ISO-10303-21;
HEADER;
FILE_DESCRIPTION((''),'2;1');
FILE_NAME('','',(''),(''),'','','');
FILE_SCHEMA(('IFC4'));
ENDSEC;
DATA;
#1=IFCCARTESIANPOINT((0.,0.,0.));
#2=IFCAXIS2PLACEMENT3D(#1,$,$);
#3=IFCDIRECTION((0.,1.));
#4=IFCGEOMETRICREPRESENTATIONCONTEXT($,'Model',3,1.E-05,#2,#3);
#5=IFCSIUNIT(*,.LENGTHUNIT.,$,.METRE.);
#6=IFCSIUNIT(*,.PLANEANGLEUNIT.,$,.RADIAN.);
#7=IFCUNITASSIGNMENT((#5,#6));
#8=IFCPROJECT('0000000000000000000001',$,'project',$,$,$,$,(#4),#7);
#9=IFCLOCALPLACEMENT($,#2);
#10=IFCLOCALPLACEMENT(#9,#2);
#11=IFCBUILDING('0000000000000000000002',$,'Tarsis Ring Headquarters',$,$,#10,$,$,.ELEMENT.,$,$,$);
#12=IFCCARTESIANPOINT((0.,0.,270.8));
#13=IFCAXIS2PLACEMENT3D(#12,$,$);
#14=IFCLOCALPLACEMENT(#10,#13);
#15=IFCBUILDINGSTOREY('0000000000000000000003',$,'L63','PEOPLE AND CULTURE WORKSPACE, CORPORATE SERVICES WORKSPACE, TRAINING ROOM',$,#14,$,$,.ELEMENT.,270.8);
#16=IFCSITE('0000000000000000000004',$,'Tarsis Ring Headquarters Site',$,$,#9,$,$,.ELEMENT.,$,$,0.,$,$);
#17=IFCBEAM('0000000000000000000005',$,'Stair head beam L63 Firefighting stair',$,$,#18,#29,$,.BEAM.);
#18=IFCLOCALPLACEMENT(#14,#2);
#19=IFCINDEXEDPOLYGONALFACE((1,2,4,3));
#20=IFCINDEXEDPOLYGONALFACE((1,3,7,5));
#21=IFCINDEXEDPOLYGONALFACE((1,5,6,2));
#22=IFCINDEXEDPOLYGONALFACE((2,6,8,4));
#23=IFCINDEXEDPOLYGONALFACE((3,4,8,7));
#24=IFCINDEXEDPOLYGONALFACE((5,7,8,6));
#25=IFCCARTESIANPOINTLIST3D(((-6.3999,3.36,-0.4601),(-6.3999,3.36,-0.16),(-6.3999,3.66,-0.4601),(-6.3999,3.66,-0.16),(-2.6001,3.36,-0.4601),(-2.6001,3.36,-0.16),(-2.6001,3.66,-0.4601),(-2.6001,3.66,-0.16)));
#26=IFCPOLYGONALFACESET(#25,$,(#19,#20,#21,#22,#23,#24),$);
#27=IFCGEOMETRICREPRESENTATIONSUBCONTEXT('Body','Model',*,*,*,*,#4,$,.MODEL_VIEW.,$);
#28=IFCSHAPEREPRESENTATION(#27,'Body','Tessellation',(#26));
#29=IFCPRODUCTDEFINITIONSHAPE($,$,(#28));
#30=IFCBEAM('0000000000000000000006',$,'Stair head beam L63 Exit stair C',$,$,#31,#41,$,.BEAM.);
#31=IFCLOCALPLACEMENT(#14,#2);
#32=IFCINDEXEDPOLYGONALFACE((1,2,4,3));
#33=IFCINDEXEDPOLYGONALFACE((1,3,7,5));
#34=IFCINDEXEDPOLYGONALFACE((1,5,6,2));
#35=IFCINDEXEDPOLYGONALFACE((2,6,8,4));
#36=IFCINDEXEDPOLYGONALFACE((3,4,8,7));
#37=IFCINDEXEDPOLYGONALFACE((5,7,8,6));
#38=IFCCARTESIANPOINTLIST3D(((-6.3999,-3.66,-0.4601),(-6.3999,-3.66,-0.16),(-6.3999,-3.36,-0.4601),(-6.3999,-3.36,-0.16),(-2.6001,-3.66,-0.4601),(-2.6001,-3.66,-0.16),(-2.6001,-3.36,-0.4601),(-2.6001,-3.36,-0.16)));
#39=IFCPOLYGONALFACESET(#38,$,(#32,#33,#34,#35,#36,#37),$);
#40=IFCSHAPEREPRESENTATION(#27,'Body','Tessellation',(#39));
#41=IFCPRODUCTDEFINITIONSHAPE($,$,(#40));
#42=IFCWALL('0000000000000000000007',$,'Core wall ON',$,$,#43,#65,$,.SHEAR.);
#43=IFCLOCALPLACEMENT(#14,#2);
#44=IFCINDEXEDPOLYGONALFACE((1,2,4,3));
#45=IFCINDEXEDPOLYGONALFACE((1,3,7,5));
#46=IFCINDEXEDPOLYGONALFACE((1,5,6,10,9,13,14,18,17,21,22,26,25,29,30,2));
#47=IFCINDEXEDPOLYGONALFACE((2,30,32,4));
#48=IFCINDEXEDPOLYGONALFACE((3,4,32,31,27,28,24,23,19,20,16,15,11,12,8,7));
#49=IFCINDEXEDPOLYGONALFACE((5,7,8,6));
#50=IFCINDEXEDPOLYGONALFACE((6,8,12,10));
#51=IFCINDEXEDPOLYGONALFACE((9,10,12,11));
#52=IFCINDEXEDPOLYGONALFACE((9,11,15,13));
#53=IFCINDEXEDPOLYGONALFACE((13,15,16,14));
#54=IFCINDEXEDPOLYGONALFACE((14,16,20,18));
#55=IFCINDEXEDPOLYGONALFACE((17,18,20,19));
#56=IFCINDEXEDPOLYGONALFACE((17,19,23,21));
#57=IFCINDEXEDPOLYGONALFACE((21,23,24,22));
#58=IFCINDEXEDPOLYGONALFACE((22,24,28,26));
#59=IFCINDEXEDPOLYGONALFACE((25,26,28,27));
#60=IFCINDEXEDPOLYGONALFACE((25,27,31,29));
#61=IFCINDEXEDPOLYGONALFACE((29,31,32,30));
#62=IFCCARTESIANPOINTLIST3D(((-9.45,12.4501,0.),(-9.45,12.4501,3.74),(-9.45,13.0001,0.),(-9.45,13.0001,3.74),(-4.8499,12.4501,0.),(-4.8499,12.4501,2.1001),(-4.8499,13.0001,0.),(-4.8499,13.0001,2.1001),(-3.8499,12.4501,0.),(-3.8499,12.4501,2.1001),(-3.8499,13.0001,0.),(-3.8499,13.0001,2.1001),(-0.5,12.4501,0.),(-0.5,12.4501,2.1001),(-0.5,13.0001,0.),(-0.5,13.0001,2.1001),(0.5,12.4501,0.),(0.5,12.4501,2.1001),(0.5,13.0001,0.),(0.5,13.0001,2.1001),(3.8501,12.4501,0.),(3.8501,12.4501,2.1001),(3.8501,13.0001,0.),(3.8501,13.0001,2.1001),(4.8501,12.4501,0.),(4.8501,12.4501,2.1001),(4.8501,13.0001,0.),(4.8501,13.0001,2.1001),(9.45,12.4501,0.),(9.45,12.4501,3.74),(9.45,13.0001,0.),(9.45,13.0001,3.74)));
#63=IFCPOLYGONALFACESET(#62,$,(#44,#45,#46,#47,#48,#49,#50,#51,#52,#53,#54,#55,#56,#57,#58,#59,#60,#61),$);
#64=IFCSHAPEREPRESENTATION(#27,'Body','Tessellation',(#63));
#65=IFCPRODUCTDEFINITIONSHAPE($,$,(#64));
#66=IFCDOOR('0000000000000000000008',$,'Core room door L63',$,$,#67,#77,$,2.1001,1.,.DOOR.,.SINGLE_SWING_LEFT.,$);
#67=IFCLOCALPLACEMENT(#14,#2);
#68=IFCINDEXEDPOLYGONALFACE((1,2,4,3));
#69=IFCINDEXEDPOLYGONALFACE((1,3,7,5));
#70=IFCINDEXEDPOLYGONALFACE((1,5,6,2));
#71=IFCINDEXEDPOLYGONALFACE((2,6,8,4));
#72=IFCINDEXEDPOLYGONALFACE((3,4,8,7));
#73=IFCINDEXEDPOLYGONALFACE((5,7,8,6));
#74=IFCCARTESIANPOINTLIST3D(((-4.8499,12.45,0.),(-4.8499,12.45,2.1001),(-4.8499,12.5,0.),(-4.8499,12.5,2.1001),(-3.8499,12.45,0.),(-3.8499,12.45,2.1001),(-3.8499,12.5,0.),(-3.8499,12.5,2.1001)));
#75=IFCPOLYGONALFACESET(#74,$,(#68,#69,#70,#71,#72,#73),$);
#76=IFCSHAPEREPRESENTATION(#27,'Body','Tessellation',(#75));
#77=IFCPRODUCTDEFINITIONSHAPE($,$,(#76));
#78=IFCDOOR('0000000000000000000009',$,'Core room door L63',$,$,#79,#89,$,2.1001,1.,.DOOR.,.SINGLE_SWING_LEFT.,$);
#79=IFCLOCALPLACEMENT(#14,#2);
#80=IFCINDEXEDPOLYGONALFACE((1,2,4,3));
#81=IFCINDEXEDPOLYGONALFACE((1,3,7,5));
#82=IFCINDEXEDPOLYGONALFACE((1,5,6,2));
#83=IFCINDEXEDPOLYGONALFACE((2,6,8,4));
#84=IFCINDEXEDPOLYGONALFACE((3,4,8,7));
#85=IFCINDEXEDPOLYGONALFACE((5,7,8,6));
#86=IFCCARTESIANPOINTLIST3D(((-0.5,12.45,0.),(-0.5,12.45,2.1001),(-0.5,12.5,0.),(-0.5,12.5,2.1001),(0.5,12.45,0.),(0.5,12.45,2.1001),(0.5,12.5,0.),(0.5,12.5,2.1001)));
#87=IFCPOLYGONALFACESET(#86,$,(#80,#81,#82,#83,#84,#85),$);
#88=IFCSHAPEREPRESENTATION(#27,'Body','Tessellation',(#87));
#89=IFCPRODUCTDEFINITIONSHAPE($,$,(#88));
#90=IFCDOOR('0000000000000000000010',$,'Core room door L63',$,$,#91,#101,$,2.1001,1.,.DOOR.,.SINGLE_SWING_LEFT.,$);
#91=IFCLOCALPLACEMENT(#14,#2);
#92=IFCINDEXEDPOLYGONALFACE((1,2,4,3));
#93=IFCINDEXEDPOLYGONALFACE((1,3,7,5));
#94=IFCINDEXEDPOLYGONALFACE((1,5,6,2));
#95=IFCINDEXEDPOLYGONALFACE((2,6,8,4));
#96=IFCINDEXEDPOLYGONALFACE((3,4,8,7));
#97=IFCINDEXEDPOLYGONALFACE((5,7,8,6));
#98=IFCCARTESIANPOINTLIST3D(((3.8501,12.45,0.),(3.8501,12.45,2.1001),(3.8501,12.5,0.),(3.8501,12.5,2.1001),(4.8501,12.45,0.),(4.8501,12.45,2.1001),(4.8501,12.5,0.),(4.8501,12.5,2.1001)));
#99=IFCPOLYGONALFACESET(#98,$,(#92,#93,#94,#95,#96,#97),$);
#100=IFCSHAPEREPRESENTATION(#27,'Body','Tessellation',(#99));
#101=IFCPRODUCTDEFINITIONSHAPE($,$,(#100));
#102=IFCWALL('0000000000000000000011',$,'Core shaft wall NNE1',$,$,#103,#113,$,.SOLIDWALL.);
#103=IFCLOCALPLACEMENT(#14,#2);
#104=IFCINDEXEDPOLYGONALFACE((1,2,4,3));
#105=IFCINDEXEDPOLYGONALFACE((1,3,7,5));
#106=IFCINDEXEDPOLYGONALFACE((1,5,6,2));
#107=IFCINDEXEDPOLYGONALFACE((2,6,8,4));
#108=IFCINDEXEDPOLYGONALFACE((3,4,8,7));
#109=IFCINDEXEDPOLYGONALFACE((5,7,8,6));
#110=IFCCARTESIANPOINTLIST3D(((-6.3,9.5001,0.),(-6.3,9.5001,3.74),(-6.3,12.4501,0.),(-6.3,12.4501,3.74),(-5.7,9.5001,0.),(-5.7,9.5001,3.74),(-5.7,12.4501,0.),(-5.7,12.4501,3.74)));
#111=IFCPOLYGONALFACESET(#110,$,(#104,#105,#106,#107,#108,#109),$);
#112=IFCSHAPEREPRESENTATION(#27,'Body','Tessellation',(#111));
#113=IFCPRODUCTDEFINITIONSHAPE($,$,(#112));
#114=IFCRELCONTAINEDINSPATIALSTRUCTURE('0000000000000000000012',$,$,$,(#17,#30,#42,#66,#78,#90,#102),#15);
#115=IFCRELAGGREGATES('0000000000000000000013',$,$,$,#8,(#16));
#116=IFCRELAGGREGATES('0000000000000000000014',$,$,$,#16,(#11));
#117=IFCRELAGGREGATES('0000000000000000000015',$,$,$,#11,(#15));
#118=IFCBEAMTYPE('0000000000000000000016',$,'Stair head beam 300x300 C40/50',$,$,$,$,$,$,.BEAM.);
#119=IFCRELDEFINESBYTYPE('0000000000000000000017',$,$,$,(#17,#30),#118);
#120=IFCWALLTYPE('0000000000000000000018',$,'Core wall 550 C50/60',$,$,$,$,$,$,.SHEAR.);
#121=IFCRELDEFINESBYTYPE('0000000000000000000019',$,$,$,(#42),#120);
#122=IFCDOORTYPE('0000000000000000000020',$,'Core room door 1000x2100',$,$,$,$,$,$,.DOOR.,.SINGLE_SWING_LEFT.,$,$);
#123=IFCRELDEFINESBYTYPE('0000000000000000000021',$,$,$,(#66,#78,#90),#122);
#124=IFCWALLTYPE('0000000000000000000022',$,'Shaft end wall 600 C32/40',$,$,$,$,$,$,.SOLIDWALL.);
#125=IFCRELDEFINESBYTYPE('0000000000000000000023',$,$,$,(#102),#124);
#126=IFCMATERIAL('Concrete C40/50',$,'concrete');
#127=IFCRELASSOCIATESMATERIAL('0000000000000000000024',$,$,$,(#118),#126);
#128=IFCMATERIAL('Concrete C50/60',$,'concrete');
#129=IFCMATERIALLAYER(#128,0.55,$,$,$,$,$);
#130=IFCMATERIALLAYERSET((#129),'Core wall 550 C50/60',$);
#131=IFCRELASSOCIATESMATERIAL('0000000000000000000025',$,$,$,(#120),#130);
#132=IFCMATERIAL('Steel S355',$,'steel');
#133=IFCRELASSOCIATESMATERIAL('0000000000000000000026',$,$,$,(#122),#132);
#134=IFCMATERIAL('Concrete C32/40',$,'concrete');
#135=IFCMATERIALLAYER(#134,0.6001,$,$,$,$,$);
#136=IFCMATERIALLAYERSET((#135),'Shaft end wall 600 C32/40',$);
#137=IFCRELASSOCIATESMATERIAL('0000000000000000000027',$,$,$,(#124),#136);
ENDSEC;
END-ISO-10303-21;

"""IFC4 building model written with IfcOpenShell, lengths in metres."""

from ifc_helpers import new_model, si_unit, direction, frame, frame_2d, origin, origin_2d, place, context, subcontext, project, spatial, rectangle, extrude, material, layer, layer_set, material_profile, profile_set, type_object, element, fill, save


model = new_model("IFC4")

# Units and contexts
model_context = context("Model", 3, precision=1e-05, world=origin(), true_north=direction((0.0, 1.0)))
body_context = subcontext(model_context, "Body", "Model", "MODEL_VIEW")
ifc_project = project(units=[si_unit("LENGTHUNIT", "METRE"), si_unit("PLANEANGLEUNIT", "RADIAN")], contexts=[model_context])

# Site, building, storey
site_placement = place(None, origin())
site = spatial("IfcSite", under=ifc_project, at=site_placement, Name="Tarsis Ring Headquarters Site", CompositionType="ELEMENT", RefElevation=0.0)
building_placement = place(site_placement, origin())
building = spatial("IfcBuilding", under=site, at=building_placement, Name="Tarsis Ring Headquarters", CompositionType="ELEMENT")
storey_placement = place(building_placement, frame((0.0, 0.0, 270.8)))
storey = spatial("IfcBuildingStorey", under=building, at=storey_placement, Name="L63", Description="PEOPLE AND CULTURE WORKSPACE, CORPORATE SERVICES WORKSPACE, TRAINING ROOM", CompositionType="ELEMENT", Elevation=270.8)

# Beams
ifc_material_1 = material(Name="Concrete C40/50", Category="concrete")
ifc_material_profile = material_profile(ifc_material_1, rectangle(XDim=0.3, YDim=0.3, at=origin_2d()), Name="Stair head beam 300x300 C40/50")
ifc_profile_set = profile_set([ifc_material_profile], Name="Concrete C40/50")
beam_type = type_object("IfcBeamType", Name="Stair head beam 300x300 C40/50", PredefinedType="BEAM", material=ifc_profile_set)
for number, where, z_axis, x_axis, name in (
    (1, (-6.3999, 3.51, -0.3101), (1.0, 0.0, 0.0), (0.0, 1.0, 0.0), "Stair head beam L63 Firefighting stair"),
    (2, (-6.3999, -3.51, -0.3101), (1.0, 0.0, 0.0), (0.0, 1.0, 0.0), "Stair head beam L63 Exit stair C"),
):
    element("IfcBeam", number, at=place(storey_placement, frame(where, z_axis=z_axis, x_axis=x_axis)), inside=storey, type_object=beam_type, Name=name, PredefinedType="BEAM", context=body_context, shape_type="SweptSolid", body=[
        extrude(rectangle(XDim=0.3, YDim=0.3, at=origin_2d()), origin(), (0.0, 0.0, 1.0), 3.7998),
    ])

# Wall, openings, doors
ifc_material_2 = material(Name="Concrete C50/60", Category="concrete")
ifc_layer_1 = layer(ifc_material_2, 0.55)
ifc_layer_set_1 = layer_set([ifc_layer_1], Name="Core wall 550 C50/60")
wall_type_1 = type_object("IfcWallType", Name="Core wall 550 C50/60", PredefinedType="SHEAR", material=ifc_layer_set_1)
wall_1_placement = place(storey_placement, frame((-9.45, 12.7251, 0.0), z_axis=(0.0, 0.0, 1.0), x_axis=(1.0, 0.0, 0.0)))
wall_1 = element("IfcWall", 3, at=wall_1_placement, inside=storey, type_object=wall_type_1, Name="Core wall ON", PredefinedType="SHEAR", context=body_context, shape_type="SweptSolid", body=[
    extrude(rectangle(XDim=18.8999, YDim=0.55, at=frame_2d((9.45, 0.0))), origin(), (0.0, 0.0, 1.0), 3.74),
])
opening_1_placement = place(wall_1_placement, frame((4.6001, 0.0, 0.0)))
opening_1 = element("IfcOpeningElement", 4, at=opening_1_placement, cuts=wall_1, PredefinedType="OPENING", context=body_context, shape_type="SweptSolid", body=[
    extrude(rectangle(XDim=1.0, YDim=2.1001, at=frame_2d((0.5, 1.05))), frame((0.0, 0.2849, 0.0), z_axis=(0.0, -1.0, 0.0), x_axis=(1.0, 0.0, 0.0)), (0.0, 0.0, 1.0), 0.5701),
])
opening_2_placement = place(wall_1_placement, frame((8.95, 0.0, 0.0)))
opening_2 = element("IfcOpeningElement", 5, at=opening_2_placement, cuts=wall_1, PredefinedType="OPENING", context=body_context, shape_type="SweptSolid", body=[
    extrude(rectangle(XDim=1.0, YDim=2.1001, at=frame_2d((0.5, 1.05))), frame((0.0, 0.2849, 0.0), z_axis=(0.0, -1.0, 0.0), x_axis=(1.0, 0.0, 0.0)), (0.0, 0.0, 1.0), 0.5701),
])
opening_3_placement = place(wall_1_placement, frame((13.3, 0.0, 0.0)))
opening_3 = element("IfcOpeningElement", 6, at=opening_3_placement, cuts=wall_1, PredefinedType="OPENING", context=body_context, shape_type="SweptSolid", body=[
    extrude(rectangle(XDim=1.0, YDim=2.1001, at=frame_2d((0.5, 1.05))), frame((0.0, 0.2849, 0.0), z_axis=(0.0, -1.0, 0.0), x_axis=(1.0, 0.0, 0.0)), (0.0, 0.0, 1.0), 0.5701),
])
ifc_material_3 = material(Name="Steel S355", Category="steel")
door_type_1 = type_object("IfcDoorType", Name="Core room door 1000x2100", OperationType="SINGLE_SWING_LEFT", PredefinedType="DOOR", material=ifc_material_3)
door_1_placement = place(opening_1_placement, origin())
door_1 = element("IfcDoor", 7, at=door_1_placement, inside=storey, type_object=door_type_1, Name="Core room door L63", OperationType="SINGLE_SWING_LEFT", OverallHeight=2.1001, OverallWidth=1.0, PredefinedType="DOOR", context=body_context, shape_type="SweptSolid", body=[
    extrude(rectangle(XDim=1.0, YDim=2.1001, at=frame_2d((0.5, 1.05))), frame((0.0, -0.2251, 0.0), z_axis=(0.0, -1.0, 0.0), x_axis=(1.0, 0.0, 0.0)), (0.0, 0.0, 1.0), 0.05),
])
fill(opening_1, door_1)
door_2_placement = place(opening_2_placement, origin())
door_2 = element("IfcDoor", 8, at=door_2_placement, inside=storey, type_object=door_type_1, Name="Core room door L63", OperationType="SINGLE_SWING_LEFT", OverallHeight=2.1001, OverallWidth=1.0, PredefinedType="DOOR", context=body_context, shape_type="SweptSolid", body=[
    extrude(rectangle(XDim=1.0, YDim=2.1001, at=frame_2d((0.5, 1.05))), frame((0.0, -0.2251, 0.0), z_axis=(0.0, -1.0, 0.0), x_axis=(1.0, 0.0, 0.0)), (0.0, 0.0, 1.0), 0.05),
])
fill(opening_2, door_2)
door_3_placement = place(opening_3_placement, origin())
door_3 = element("IfcDoor", 9, at=door_3_placement, inside=storey, type_object=door_type_1, Name="Core room door L63", OperationType="SINGLE_SWING_LEFT", OverallHeight=2.1001, OverallWidth=1.0, PredefinedType="DOOR", context=body_context, shape_type="SweptSolid", body=[
    extrude(rectangle(XDim=1.0, YDim=2.1001, at=frame_2d((0.5, 1.05))), frame((0.0, -0.2251, 0.0), z_axis=(0.0, -1.0, 0.0), x_axis=(1.0, 0.0, 0.0)), (0.0, 0.0, 1.0), 0.05),
])
fill(opening_3, door_3)

# Wall
ifc_material_4 = material(Name="Concrete C32/40", Category="concrete")
ifc_layer_2 = layer(ifc_material_4, 0.6001)
ifc_layer_set_2 = layer_set([ifc_layer_2], Name="Shaft end wall 600 C32/40")
wall_type_2 = type_object("IfcWallType", Name="Shaft end wall 600 C32/40", PredefinedType="SOLIDWALL", material=ifc_layer_set_2)
wall_2_placement = place(storey_placement, frame((-6.0, 9.5, 0.0), z_axis=(0.0, 0.0, 1.0), x_axis=(0.0, 1.0, 0.0)))
element("IfcWall", 10, at=wall_2_placement, inside=storey, type_object=wall_type_2, Name="Core shaft wall NNE1", PredefinedType="SOLIDWALL", context=body_context, shape_type="SweptSolid", body=[
    extrude(rectangle(XDim=2.95, YDim=0.6001, at=frame_2d((1.4751, 0.0))), origin(), (0.0, 0.0, 1.0), 3.74),
])

save(model, "model.ifc")
